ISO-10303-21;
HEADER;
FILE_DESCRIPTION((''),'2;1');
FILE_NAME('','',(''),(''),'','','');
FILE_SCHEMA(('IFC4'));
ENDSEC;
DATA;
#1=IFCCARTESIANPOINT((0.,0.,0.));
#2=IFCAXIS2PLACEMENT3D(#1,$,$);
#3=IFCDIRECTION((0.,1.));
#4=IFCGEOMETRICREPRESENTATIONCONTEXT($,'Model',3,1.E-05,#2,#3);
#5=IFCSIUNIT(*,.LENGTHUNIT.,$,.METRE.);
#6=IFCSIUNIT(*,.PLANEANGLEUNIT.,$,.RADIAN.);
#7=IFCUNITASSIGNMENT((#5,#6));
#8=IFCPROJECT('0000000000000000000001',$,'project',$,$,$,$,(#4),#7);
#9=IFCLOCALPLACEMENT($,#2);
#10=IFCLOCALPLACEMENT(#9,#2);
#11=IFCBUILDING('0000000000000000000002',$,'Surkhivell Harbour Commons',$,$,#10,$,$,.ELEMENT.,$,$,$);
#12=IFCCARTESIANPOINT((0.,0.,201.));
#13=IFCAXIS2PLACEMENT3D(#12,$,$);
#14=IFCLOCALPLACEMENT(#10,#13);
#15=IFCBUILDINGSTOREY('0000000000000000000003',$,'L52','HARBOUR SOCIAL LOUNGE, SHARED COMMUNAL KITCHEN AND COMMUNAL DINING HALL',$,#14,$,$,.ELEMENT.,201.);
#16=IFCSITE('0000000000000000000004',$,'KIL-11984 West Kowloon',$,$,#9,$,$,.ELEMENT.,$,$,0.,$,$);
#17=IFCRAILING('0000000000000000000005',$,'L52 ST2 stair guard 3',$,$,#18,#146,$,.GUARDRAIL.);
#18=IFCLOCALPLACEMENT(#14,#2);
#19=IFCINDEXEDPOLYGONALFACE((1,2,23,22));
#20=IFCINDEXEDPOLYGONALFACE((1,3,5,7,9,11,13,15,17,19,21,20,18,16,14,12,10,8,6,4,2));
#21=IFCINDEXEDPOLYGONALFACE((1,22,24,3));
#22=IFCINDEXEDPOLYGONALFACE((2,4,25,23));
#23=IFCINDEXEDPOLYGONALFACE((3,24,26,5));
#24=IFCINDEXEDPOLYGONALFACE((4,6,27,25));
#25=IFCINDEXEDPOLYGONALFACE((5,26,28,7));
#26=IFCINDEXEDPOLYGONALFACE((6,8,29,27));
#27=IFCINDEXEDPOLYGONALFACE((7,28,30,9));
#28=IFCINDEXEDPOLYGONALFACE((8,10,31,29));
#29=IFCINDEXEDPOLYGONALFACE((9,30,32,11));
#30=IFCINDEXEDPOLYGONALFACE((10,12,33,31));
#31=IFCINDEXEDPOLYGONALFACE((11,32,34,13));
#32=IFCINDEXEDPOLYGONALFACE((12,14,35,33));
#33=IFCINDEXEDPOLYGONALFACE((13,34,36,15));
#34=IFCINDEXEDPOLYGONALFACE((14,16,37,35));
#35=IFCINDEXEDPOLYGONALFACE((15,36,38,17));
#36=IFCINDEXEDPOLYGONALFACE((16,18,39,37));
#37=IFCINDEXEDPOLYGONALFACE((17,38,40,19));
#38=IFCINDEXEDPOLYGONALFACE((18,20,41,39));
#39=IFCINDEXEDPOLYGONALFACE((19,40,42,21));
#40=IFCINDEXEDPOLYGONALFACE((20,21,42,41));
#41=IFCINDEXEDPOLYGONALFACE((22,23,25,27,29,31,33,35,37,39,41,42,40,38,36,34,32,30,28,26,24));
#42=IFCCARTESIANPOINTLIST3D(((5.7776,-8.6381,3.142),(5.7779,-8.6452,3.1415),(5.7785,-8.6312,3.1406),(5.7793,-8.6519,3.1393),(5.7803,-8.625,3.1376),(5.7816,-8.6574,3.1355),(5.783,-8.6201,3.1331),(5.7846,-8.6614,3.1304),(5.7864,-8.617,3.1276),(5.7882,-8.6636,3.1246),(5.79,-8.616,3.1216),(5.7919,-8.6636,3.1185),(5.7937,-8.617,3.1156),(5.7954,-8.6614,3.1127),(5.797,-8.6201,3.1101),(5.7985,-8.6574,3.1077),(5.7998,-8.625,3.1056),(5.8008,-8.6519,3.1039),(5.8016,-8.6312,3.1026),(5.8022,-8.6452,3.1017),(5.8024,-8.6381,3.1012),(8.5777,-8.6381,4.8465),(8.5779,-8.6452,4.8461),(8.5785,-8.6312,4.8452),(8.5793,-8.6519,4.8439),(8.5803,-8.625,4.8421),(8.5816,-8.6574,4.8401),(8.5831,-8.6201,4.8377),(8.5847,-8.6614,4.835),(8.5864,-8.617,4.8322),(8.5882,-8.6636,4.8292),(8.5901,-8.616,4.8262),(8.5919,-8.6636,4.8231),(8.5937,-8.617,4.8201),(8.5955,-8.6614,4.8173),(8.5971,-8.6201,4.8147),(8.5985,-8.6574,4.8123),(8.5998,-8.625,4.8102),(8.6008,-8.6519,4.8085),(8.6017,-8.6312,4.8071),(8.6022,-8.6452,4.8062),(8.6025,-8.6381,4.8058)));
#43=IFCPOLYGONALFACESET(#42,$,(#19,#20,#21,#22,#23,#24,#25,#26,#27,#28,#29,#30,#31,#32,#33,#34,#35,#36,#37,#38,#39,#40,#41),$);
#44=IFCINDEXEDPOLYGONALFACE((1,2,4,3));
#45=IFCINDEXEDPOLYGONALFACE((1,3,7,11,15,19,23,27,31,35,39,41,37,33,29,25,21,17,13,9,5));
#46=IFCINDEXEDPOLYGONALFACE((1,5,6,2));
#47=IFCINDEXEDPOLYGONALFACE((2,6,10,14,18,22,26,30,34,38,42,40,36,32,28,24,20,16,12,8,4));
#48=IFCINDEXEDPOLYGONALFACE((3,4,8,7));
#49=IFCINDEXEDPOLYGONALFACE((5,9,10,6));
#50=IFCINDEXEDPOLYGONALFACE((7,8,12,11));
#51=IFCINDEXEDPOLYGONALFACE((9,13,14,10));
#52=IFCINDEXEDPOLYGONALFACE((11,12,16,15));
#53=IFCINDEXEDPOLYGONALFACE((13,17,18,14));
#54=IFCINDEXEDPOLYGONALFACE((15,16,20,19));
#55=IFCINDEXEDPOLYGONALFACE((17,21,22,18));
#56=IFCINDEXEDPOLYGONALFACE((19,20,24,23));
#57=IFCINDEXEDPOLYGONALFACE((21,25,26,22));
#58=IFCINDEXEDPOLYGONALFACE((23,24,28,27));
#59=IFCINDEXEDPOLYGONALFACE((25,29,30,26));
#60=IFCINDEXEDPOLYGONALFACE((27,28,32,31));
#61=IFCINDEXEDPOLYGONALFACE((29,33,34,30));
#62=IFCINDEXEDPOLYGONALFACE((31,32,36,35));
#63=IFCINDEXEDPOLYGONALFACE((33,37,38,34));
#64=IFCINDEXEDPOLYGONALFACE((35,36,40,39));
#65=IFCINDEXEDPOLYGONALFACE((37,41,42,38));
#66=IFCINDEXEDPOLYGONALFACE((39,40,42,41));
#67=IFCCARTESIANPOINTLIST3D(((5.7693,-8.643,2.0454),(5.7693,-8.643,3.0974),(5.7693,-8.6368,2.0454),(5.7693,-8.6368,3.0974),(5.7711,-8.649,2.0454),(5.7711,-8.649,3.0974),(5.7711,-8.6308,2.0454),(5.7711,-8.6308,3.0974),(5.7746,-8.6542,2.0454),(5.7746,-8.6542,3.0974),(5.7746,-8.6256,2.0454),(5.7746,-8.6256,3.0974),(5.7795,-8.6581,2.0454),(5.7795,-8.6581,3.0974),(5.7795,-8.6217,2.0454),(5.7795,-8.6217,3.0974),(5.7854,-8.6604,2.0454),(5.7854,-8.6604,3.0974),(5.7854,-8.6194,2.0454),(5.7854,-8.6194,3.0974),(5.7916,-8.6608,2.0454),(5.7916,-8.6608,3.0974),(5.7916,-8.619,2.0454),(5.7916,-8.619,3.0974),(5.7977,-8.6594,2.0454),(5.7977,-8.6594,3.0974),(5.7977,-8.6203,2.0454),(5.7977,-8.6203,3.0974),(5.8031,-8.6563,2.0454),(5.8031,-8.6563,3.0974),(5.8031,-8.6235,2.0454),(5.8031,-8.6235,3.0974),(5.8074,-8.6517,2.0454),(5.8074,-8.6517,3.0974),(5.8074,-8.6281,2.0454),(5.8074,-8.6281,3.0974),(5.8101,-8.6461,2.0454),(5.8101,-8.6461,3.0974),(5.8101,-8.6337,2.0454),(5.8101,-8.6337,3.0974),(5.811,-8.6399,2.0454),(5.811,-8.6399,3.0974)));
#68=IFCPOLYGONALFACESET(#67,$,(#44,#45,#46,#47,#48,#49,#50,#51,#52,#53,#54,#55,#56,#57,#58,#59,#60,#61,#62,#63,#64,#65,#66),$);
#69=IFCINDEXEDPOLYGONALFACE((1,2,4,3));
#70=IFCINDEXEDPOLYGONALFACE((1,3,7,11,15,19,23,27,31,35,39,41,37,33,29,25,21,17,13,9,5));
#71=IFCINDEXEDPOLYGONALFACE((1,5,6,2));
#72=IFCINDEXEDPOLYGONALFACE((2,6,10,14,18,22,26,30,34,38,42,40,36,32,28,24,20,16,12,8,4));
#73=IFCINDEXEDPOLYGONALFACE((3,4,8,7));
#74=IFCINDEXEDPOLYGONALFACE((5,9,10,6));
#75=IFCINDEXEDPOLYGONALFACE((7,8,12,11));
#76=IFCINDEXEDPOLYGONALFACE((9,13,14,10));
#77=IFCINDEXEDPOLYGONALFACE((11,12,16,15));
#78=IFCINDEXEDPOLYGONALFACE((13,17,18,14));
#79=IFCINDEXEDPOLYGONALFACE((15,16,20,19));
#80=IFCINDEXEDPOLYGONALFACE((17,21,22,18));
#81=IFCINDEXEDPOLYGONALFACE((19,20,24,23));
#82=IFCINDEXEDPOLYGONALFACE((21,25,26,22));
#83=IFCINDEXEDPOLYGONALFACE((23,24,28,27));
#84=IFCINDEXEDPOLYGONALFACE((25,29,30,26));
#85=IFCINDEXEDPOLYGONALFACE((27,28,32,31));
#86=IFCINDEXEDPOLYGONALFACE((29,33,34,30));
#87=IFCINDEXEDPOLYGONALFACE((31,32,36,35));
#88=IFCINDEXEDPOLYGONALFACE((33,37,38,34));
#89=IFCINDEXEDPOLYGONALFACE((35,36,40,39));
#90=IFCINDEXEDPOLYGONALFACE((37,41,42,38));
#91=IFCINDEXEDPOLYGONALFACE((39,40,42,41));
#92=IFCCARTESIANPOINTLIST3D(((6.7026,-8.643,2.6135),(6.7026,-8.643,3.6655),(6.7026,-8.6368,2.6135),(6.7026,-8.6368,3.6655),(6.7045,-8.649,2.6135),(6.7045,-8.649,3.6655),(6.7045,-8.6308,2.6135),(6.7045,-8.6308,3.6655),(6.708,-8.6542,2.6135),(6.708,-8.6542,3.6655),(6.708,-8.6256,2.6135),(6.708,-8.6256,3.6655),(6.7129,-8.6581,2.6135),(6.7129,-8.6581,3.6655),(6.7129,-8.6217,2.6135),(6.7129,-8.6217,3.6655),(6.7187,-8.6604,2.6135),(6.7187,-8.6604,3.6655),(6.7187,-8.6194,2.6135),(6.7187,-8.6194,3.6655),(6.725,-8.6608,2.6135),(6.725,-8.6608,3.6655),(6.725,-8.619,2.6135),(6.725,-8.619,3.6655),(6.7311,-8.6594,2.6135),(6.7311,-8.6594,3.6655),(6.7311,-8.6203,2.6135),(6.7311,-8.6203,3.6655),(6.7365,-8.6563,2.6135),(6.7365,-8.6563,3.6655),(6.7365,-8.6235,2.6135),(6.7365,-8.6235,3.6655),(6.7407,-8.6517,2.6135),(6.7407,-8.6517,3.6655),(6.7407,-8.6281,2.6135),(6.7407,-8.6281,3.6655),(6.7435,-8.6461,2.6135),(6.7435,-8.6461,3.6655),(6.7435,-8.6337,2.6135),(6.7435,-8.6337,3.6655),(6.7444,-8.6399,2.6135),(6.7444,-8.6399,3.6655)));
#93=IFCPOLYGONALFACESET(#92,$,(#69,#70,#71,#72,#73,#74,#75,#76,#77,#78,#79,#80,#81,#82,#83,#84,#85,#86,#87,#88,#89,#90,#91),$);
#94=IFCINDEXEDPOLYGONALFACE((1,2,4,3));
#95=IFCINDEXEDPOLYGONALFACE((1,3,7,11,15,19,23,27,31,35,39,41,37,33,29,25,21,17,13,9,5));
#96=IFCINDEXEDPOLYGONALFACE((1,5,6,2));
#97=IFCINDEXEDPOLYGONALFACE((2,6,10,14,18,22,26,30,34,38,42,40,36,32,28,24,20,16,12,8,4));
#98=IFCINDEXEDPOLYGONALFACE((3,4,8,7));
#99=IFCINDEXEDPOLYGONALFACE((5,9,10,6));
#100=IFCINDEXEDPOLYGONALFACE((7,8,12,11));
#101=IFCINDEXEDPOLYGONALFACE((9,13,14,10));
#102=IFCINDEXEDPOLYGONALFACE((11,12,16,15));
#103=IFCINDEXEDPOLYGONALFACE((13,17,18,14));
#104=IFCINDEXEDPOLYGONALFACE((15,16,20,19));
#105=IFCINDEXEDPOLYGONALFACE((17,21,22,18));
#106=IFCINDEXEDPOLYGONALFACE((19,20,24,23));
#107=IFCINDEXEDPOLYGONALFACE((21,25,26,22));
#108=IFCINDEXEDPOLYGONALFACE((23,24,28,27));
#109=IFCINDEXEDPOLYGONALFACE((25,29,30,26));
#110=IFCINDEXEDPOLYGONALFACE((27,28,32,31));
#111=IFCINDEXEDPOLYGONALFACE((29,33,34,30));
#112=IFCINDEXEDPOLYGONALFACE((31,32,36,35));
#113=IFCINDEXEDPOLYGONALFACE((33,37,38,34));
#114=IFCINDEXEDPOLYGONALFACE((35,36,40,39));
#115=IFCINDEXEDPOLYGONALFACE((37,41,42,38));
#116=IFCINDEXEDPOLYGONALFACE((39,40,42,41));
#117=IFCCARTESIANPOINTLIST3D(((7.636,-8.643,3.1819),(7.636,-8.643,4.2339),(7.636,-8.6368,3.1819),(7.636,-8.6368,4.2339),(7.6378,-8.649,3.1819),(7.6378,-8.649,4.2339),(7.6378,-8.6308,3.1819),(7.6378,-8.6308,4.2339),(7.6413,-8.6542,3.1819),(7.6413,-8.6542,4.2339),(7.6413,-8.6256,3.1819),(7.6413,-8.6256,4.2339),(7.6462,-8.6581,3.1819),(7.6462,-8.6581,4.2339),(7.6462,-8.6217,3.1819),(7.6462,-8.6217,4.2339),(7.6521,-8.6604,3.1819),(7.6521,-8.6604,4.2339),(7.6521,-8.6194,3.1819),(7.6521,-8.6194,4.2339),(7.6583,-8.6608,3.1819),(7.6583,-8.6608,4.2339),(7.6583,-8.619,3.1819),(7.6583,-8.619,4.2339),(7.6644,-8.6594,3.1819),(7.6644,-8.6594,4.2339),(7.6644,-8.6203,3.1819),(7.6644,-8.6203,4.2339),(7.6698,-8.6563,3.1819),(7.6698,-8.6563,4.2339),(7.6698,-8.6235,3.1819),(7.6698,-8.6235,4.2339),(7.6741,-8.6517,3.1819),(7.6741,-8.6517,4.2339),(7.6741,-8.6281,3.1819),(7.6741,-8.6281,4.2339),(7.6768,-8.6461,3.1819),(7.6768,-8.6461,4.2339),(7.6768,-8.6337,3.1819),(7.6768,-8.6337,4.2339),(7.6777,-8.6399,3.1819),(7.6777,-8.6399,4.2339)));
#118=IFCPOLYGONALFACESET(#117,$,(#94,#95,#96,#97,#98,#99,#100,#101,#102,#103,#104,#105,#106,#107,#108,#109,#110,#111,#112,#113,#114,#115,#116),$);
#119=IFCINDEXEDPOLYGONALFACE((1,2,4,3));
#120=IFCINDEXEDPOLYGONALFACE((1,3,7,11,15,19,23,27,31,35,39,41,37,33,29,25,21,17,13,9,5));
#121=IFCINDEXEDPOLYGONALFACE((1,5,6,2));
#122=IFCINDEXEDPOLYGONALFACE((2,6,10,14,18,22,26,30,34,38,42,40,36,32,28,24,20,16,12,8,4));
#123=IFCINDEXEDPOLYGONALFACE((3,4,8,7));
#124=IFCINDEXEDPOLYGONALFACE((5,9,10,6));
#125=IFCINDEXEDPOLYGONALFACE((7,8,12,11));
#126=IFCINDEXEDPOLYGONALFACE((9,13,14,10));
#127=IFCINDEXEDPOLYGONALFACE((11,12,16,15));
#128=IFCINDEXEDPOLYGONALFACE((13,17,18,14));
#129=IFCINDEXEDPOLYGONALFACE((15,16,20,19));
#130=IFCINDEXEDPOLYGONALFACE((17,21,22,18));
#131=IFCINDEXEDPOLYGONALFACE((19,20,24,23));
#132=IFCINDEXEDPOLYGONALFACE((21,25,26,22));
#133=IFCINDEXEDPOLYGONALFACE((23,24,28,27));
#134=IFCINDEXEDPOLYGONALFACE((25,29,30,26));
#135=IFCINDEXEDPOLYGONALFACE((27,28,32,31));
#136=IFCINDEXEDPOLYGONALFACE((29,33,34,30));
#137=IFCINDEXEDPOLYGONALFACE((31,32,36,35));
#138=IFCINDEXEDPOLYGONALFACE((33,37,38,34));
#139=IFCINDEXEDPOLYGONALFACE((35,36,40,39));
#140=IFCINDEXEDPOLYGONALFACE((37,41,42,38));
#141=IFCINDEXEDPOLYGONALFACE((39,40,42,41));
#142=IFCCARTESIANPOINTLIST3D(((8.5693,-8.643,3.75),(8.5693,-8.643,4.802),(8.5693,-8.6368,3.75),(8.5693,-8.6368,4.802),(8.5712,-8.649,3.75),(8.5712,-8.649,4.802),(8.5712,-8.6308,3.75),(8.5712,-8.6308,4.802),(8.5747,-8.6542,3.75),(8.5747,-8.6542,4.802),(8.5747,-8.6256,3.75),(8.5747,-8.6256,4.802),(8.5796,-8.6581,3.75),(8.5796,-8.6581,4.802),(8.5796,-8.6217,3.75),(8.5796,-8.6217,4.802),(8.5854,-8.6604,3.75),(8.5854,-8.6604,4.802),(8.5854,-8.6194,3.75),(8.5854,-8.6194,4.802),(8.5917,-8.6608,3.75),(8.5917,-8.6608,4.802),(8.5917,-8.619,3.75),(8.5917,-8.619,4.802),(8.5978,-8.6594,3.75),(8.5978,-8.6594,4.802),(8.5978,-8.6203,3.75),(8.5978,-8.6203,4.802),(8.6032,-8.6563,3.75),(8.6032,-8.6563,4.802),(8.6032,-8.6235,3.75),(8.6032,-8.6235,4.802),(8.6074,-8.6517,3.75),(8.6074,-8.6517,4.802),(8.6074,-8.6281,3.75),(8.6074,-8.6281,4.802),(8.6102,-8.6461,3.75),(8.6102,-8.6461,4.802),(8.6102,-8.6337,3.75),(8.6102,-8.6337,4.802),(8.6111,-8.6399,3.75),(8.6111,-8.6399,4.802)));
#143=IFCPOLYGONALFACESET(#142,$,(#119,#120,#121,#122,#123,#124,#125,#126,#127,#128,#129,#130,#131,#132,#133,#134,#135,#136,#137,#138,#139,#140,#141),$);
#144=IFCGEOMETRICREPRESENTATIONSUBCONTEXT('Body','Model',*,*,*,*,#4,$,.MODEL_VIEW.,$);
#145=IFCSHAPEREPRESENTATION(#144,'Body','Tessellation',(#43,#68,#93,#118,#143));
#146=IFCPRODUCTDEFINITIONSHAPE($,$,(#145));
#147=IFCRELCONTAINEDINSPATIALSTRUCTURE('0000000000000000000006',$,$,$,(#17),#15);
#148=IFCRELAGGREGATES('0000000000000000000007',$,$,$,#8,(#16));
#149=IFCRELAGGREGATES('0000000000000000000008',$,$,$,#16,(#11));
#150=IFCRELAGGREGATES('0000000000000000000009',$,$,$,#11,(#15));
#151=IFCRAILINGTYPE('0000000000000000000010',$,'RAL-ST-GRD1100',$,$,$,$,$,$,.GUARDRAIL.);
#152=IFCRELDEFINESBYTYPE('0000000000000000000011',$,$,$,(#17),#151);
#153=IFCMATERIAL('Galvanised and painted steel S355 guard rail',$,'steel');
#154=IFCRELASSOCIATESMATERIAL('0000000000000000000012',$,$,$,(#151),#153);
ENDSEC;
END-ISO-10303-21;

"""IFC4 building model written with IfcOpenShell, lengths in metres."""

from ifc_helpers import new_model, si_unit, direction, frame, origin, origin_2d, place, context, subcontext, project, spatial, circle, extrude, material, type_object, element, save


model = new_model("IFC4")

# Units and contexts
model_context = context("Model", 3, precision=1e-05, world=origin(), true_north=direction((0.0, 1.0)))
body_context = subcontext(model_context, "Body", "Model", "MODEL_VIEW")
ifc_project = project(units=[si_unit("LENGTHUNIT", "METRE"), si_unit("PLANEANGLEUNIT", "RADIAN")], contexts=[model_context])

# Site, building, storey
site_placement = place(None, origin())
site = spatial("IfcSite", under=ifc_project, at=site_placement, Name="KIL-11984 West Kowloon", CompositionType="ELEMENT", RefElevation=0.0)
building_placement = place(site_placement, origin())
building = spatial("IfcBuilding", under=site, at=building_placement, Name="Surkhivell Harbour Commons", CompositionType="ELEMENT")
storey_placement = place(building_placement, frame((0.0, 0.0, 201.0)))
storey = spatial("IfcBuildingStorey", under=building, at=storey_placement, Name="L52", Description="HARBOUR SOCIAL LOUNGE, SHARED COMMUNAL KITCHEN AND COMMUNAL DINING HALL", CompositionType="ELEMENT", Elevation=201.0)

# Railing
ifc_material_1 = material(Name="Galvanised and painted steel S355 guard rail", Category="steel")
railing_type_1 = type_object("IfcRailingType", Name="RAL-ST-GRD1100", PredefinedType="GUARDRAIL", material=ifc_material_1)
railing_1_placement = place(storey_placement, frame((5.79, -8.6399, 2.0454)))
element("IfcRailing", 1, at=railing_1_placement, inside=storey, type_object=railing_type_1, Name="L52 ST2 stair guard 3", PredefinedType="GUARDRAIL", context=body_context, shape_type="SweptSolid", body=[
    extrude(circle(Radius=0.0239, at=origin_2d()), frame((0.0, 0.0, 1.0762), z_axis=(0.85417, 0.0, 0.519994), x_axis=(0.0, 1.0, 0.0)), (0.0, 0.0, 1.0), 3.2781),
    extrude(circle(Radius=0.021, at=origin_2d()), origin(), (0.0, 0.0, 1.0), 1.052),
    extrude(circle(Radius=0.021, at=origin_2d()), frame((0.9333, 0.0, 0.5681)), (0.0, 0.0, 1.0), 1.052),
    extrude(circle(Radius=0.021, at=origin_2d()), frame((1.8667, 0.0, 1.1365)), (0.0, 0.0, 1.0), 1.052),
    extrude(circle(Radius=0.021, at=origin_2d()), frame((2.8, 0.0, 1.7046)), (0.0, 0.0, 1.0), 1.052),
])

save(model, "model.ifc")
